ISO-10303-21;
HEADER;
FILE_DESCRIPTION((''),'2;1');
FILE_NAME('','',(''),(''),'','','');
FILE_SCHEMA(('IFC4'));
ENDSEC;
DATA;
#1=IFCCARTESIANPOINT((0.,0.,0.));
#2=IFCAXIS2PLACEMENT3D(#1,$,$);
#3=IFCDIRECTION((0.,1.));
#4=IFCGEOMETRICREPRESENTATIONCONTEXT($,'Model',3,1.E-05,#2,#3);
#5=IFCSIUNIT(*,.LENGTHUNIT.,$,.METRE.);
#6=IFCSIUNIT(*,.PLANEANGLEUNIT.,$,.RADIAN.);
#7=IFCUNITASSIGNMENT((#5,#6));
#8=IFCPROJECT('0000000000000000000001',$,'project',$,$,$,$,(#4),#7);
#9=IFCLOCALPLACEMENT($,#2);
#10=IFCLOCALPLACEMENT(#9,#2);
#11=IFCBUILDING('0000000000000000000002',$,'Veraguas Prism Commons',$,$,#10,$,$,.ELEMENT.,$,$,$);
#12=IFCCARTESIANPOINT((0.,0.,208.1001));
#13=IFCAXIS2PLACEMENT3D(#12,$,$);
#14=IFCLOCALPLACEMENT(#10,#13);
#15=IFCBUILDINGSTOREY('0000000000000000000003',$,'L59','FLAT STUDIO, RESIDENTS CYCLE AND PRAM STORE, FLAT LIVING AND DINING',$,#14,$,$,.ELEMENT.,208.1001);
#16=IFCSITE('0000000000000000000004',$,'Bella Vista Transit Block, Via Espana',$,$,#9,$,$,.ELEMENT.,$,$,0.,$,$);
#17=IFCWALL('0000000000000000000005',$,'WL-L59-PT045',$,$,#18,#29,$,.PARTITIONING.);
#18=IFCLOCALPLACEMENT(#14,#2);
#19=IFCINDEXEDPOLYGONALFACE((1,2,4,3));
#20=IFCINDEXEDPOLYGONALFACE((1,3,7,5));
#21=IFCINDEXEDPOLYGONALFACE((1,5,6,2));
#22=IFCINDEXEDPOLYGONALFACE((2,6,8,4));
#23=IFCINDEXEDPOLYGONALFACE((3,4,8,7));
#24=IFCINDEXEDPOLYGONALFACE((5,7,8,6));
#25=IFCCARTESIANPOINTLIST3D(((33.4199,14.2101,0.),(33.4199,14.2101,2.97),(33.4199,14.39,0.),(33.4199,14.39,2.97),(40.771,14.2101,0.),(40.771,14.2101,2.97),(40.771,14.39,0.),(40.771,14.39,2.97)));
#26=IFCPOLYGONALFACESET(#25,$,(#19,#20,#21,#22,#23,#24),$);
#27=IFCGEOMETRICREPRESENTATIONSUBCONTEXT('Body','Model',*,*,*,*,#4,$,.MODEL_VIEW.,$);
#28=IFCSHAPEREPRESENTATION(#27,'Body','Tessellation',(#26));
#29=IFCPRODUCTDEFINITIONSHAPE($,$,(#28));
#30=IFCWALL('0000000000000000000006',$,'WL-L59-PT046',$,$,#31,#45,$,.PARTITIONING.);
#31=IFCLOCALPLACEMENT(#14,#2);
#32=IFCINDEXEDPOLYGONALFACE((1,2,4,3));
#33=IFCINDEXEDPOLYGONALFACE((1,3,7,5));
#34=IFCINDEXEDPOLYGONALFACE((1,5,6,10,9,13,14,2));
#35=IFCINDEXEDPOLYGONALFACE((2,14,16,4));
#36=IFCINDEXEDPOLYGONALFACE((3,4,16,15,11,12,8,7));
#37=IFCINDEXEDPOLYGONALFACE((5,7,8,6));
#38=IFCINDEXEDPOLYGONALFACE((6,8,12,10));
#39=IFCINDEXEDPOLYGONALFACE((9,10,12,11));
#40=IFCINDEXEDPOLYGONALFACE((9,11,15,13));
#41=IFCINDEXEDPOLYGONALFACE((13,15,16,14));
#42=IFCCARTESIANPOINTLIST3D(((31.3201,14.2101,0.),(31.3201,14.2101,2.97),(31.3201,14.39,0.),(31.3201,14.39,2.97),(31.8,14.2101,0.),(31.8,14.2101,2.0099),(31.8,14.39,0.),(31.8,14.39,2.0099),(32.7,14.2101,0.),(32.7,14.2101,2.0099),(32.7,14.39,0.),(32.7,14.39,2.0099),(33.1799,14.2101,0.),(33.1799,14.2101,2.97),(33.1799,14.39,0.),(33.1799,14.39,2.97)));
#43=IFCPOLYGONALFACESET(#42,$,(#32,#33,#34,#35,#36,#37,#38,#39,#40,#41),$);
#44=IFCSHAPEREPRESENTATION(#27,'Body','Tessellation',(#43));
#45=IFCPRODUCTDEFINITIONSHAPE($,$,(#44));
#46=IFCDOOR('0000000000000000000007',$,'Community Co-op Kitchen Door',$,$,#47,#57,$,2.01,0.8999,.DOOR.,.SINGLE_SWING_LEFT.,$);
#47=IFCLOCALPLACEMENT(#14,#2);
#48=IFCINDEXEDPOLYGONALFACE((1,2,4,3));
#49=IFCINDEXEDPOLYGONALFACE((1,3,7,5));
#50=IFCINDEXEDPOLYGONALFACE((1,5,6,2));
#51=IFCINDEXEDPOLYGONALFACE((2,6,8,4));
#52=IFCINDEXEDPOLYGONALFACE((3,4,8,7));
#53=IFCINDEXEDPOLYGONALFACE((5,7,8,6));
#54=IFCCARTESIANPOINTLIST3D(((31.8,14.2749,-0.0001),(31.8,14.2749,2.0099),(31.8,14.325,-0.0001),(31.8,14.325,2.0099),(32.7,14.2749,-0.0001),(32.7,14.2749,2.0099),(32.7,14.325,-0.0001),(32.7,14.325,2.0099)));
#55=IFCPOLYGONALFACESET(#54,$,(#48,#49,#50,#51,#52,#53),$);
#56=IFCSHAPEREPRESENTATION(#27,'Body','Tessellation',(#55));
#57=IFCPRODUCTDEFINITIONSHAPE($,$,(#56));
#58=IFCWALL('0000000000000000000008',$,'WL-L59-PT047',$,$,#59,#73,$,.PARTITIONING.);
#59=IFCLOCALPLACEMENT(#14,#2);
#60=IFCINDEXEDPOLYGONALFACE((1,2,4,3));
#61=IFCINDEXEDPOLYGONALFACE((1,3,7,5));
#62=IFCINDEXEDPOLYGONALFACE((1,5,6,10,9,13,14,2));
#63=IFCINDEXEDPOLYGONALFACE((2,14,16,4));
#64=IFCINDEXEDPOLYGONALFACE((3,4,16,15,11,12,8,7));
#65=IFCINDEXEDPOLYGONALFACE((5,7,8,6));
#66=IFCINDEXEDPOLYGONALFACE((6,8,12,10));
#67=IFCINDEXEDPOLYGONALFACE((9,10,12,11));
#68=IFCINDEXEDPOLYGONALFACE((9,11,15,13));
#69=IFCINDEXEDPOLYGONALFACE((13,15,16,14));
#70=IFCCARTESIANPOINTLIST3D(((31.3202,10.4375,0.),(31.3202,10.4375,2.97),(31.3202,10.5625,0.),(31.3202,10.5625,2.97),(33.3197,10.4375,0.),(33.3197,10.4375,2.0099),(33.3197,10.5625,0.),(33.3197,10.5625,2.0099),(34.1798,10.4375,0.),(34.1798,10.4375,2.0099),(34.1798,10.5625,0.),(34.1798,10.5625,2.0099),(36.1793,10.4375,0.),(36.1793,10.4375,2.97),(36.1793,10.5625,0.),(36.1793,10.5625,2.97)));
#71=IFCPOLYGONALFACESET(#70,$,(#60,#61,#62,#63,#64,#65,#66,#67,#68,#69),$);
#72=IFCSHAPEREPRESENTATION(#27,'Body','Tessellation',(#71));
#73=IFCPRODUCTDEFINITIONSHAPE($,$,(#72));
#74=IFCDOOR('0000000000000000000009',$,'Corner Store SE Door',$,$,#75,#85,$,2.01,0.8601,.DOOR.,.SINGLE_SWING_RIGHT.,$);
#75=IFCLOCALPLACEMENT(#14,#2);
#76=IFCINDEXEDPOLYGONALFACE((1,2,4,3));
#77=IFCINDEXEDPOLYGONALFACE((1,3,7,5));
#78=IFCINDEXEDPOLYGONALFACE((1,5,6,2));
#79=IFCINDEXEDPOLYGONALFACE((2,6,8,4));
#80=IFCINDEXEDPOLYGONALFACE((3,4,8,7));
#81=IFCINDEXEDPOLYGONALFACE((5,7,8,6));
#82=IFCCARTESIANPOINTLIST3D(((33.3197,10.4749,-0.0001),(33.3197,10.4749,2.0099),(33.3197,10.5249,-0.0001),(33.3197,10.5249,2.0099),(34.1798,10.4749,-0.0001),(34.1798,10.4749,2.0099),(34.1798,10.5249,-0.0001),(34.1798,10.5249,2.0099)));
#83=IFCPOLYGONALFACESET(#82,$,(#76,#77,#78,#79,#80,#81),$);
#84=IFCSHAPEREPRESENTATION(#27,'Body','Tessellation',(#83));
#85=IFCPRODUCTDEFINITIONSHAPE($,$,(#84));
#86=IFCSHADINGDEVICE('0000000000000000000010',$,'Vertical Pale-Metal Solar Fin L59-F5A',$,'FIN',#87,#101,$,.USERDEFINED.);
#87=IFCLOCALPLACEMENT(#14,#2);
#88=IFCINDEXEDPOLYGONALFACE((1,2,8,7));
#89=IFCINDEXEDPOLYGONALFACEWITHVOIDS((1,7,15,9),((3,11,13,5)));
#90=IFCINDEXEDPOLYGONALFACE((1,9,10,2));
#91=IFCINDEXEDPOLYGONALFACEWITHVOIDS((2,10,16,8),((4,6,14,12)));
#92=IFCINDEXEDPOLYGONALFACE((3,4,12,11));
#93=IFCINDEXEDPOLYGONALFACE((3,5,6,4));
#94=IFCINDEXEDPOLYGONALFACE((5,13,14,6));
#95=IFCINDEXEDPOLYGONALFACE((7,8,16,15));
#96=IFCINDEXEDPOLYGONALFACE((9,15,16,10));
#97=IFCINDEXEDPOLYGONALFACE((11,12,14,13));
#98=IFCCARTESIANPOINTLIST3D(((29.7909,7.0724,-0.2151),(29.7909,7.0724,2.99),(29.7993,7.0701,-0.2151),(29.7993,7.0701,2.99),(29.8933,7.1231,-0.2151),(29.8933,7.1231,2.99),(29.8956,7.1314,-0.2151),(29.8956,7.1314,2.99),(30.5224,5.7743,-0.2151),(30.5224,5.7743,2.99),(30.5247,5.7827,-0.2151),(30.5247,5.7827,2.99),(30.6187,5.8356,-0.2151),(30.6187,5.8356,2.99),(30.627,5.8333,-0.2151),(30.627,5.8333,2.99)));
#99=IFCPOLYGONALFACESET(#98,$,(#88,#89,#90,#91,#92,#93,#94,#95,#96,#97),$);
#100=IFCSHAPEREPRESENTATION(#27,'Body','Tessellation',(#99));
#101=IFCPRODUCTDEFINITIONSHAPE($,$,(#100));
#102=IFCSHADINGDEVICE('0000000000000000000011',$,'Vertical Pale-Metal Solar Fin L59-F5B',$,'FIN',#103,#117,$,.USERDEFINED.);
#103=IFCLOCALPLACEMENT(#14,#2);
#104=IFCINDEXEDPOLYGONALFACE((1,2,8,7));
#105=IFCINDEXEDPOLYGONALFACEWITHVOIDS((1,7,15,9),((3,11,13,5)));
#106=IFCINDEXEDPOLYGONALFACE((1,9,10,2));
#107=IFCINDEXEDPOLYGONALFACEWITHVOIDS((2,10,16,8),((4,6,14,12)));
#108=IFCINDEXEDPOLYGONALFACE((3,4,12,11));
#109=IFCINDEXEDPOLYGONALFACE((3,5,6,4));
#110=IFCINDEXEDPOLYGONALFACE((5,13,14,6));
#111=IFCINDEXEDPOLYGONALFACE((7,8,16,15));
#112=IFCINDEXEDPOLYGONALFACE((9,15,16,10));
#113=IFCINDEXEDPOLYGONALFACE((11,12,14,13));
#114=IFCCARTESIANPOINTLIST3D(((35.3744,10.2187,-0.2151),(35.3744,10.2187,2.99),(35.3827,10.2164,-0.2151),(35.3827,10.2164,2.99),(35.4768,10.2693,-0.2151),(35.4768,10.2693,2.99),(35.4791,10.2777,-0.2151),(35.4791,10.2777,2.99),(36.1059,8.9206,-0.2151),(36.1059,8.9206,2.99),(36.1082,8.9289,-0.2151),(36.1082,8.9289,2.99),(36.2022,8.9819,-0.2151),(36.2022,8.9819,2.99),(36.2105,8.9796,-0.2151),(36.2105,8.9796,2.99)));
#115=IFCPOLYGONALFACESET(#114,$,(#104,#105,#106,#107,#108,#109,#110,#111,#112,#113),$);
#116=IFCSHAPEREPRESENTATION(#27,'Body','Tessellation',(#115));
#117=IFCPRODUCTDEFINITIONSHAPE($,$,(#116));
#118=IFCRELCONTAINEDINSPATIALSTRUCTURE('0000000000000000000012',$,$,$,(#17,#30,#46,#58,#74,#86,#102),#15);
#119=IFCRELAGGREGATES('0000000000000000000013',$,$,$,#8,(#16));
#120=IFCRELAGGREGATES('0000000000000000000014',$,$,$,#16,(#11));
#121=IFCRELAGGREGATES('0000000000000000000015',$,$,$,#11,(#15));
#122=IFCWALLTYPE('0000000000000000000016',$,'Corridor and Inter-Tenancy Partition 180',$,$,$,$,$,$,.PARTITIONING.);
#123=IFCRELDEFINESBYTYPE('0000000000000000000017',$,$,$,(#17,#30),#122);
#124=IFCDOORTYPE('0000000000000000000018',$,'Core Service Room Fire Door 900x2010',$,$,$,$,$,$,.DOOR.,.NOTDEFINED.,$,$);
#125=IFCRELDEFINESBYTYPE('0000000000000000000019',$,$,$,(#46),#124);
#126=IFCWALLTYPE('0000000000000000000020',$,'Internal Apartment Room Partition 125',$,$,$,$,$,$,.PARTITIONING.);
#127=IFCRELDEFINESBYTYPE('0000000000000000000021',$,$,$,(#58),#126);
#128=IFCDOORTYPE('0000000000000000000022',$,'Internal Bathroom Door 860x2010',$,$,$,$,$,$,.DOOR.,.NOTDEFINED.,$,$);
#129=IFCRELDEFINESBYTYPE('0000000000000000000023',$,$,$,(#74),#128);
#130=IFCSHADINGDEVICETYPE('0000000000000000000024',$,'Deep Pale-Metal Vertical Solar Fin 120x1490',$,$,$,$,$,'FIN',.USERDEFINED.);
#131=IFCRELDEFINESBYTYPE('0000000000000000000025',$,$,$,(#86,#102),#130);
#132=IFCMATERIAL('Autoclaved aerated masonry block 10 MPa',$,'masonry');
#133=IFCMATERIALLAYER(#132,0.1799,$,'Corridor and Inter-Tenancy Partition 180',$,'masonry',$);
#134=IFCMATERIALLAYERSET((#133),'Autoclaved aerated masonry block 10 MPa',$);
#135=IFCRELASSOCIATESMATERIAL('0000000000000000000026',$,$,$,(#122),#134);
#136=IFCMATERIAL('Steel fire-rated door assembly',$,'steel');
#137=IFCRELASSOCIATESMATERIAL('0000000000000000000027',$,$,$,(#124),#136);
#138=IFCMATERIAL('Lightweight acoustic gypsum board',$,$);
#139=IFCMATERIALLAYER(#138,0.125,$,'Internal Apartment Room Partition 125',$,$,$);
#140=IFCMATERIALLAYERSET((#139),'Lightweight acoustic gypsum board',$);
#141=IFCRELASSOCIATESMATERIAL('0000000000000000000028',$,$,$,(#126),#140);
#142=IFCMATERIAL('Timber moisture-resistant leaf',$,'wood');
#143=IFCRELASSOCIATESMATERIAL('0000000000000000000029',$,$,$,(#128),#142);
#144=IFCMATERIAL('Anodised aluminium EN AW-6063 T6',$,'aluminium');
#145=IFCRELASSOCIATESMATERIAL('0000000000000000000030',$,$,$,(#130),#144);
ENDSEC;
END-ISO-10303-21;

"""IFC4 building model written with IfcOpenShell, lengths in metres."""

from ifc_helpers import new_model, si_unit, direction, frame, frame_2d, origin, origin_2d, place, context, subcontext, project, spatial, rectangle, hollow_rectangle, extrude, source, transform, mapped, material, layer, layer_set, material_profile, profile_set, type_object, element, fill, save


model = new_model("IFC4")

# Units and contexts
model_context = context("Model", 3, precision=1e-05, world=origin(), true_north=direction((0.0, 1.0)))
body_context = subcontext(model_context, "Body", "Model", "MODEL_VIEW")
ifc_project = project(units=[si_unit("LENGTHUNIT", "METRE"), si_unit("PLANEANGLEUNIT", "RADIAN")], contexts=[model_context])

# Site, building, storey
site_placement = place(None, origin())
site = spatial("IfcSite", under=ifc_project, at=site_placement, Name="Bella Vista Transit Block, Via Espana", CompositionType="ELEMENT", RefElevation=0.0)
building_placement = place(site_placement, origin())
building = spatial("IfcBuilding", under=site, at=building_placement, Name="Veraguas Prism Commons", CompositionType="ELEMENT")
storey_placement = place(building_placement, frame((0.0, 0.0, 208.1001)))
storey = spatial("IfcBuildingStorey", under=building, at=storey_placement, Name="L59", Description="FLAT STUDIO, RESIDENTS CYCLE AND PRAM STORE, FLAT LIVING AND DINING", CompositionType="ELEMENT", Elevation=208.1001)

# Shared definitions
ifc_material_1 = material(Name="Anodised aluminium EN AW-6063 T6", Category="aluminium")

# Wall
ifc_material_2 = material(Name="Autoclaved aerated masonry block 10 MPa", Category="masonry")
ifc_layer_1 = layer(ifc_material_2, 0.1799, Name="Corridor and Inter-Tenancy Partition 180", Category="masonry")
ifc_layer_set_1 = layer_set([ifc_layer_1], Name="Autoclaved aerated masonry block 10 MPa")
wall_type_1 = type_object("IfcWallType", Name="Corridor and Inter-Tenancy Partition 180", PredefinedType="PARTITIONING", material=ifc_layer_set_1)
wall_1_placement = place(storey_placement, frame((33.4199, 14.3, 0.0), z_axis=(0.0, 0.0, 1.0), x_axis=(1.0, 0.0, 0.0)))
element("IfcWall", 1, at=wall_1_placement, inside=storey, type_object=wall_type_1, Name="WL-L59-PT045", PredefinedType="PARTITIONING", context=body_context, shape_type="SweptSolid", body=[
    extrude(rectangle(XDim=7.3511, YDim=0.1799, at=frame_2d((3.6755, 0.0))), origin(), (0.0, 0.0, 1.0), 2.97),
])

# Walls, openings, doors
wall_2_placement = place(storey_placement, frame((31.3201, 14.3, 0.0), z_axis=(0.0, 0.0, 1.0), x_axis=(1.0, 0.0, 0.0)))
wall_2 = element("IfcWall", 2, at=wall_2_placement, inside=storey, type_object=wall_type_1, Name="WL-L59-PT046", PredefinedType="PARTITIONING", context=body_context, shape_type="SweptSolid", body=[
    extrude(rectangle(XDim=1.8599, YDim=0.1799, at=frame_2d((0.9299, 0.0))), origin(), (0.0, 0.0, 1.0), 2.97),
])
opening_1_placement = place(wall_2_placement, frame((0.48, 0.0, 0.0)))
opening_1 = element("IfcOpeningElement", 3, at=opening_1_placement, cuts=wall_2, PredefinedType="OPENING", context=body_context, shape_type="SweptSolid", body=[
    extrude(rectangle(XDim=0.8999, YDim=2.01, at=frame_2d((0.45, 1.0049))), frame((0.0, 0.0999, 0.0), z_axis=(0.0, -1.0, 0.0), x_axis=(1.0, 0.0, 0.0)), (0.0, 0.0, 1.0), 0.2),
])
ifc_material_3 = material(Name="Steel fire-rated door assembly", Category="steel")
door_type_1 = type_object("IfcDoorType", Name="Core Service Room Fire Door 900x2010", OperationType="NOTDEFINED", PredefinedType="DOOR", material=ifc_material_3)
shared_shape_1 = source(origin(), body_context, "Body", "SweptSolid", [
    extrude(rectangle(XDim=0.8999, YDim=2.01, at=frame_2d((0.45, 1.0049))), frame((0.0, 0.0249, 0.0), z_axis=(0.0, -1.0, 0.0), x_axis=(1.0, 0.0, 0.0)), (0.0, 0.0, 1.0), 0.05),
])
door_1_placement = place(opening_1_placement, origin())
door_1 = element("IfcDoor", 4, at=door_1_placement, inside=storey, type_object=door_type_1, Name="Community Co-op Kitchen Door", OperationType="SINGLE_SWING_LEFT", OverallHeight=2.01, OverallWidth=0.8999, PredefinedType="DOOR", context=body_context, shape_type="MappedRepresentation", body=[
    mapped(shared_shape_1, transform((0.0, 0.0, 0.0), scale=1.0)),
])
fill(opening_1, door_1)
ifc_material_4 = material(Name="Lightweight acoustic gypsum board")
ifc_layer_2 = layer(ifc_material_4, 0.125, Name="Internal Apartment Room Partition 125")
ifc_layer_set_2 = layer_set([ifc_layer_2], Name="Lightweight acoustic gypsum board")
wall_type_2 = type_object("IfcWallType", Name="Internal Apartment Room Partition 125", PredefinedType="PARTITIONING", material=ifc_layer_set_2)
wall_3_placement = place(storey_placement, frame((31.3201, 10.5, 0.0), z_axis=(0.0, 0.0, 1.0), x_axis=(1.0, 0.0, 0.0)))
wall_3 = element("IfcWall", 5, at=wall_3_placement, inside=storey, type_object=wall_type_2, Name="WL-L59-PT047", PredefinedType="PARTITIONING", context=body_context, shape_type="SweptSolid", body=[
    extrude(rectangle(XDim=4.8591, YDim=0.125, at=frame_2d((2.4297, 0.0))), origin(), (0.0, 0.0, 1.0), 2.97),
])
opening_2_placement = place(wall_3_placement, frame((1.9995, 0.0, 0.0)))
opening_2 = element("IfcOpeningElement", 6, at=opening_2_placement, cuts=wall_3, PredefinedType="OPENING", context=body_context, shape_type="SweptSolid", body=[
    extrude(rectangle(XDim=0.8601, YDim=2.01, at=frame_2d((0.4302, 1.0049))), frame((0.0, 0.0725, 0.0), z_axis=(0.0, -1.0, 0.0), x_axis=(1.0, 0.0, 0.0)), (0.0, 0.0, 1.0), 0.145),
])
ifc_material_5 = material(Name="Timber moisture-resistant leaf", Category="wood")
door_type_2 = type_object("IfcDoorType", Name="Internal Bathroom Door 860x2010", OperationType="NOTDEFINED", PredefinedType="DOOR", material=ifc_material_5)
shared_shape_2 = source(origin(), body_context, "Body", "SweptSolid", [
    extrude(rectangle(XDim=0.8601, YDim=2.01, at=frame_2d((0.4302, 1.0049))), frame((0.0, 0.0249, 0.0), z_axis=(0.0, -1.0, 0.0), x_axis=(1.0, 0.0, 0.0)), (0.0, 0.0, 1.0), 0.05),
])
door_2_placement = place(opening_2_placement, origin())
door_2 = element("IfcDoor", 7, at=door_2_placement, inside=storey, type_object=door_type_2, Name="Corner Store SE Door", OperationType="SINGLE_SWING_RIGHT", OverallHeight=2.01, OverallWidth=0.8601, PredefinedType="DOOR", context=body_context, shape_type="MappedRepresentation", body=[
    mapped(shared_shape_2, transform((0.0, 0.0, 0.0), scale=1.0)),
])
fill(opening_2, door_2)

# Shading devices
ifc_material_profile_1 = material_profile(ifc_material_1, hollow_rectangle(XDim=0.1201, YDim=1.49, WallThickness=0.0061, at=origin_2d()), Name="FIN120X1490X6")
ifc_profile_set_1 = profile_set([ifc_material_profile_1], Name="Anodised aluminium EN AW-6063 T6")
shading_device_type = type_object("IfcShadingDeviceType", Name="Deep Pale-Metal Vertical Solar Fin 120x1490", ElementType="FIN", PredefinedType="USERDEFINED", material=ifc_profile_set_1)
for number, where, z_axis, x_axis, name in (
    (8, (30.209, 6.4529, -0.2151), (0.0, 0.0, 1.0), (0.871214, 0.490904, 0.0), "Vertical Pale-Metal Solar Fin L59-F5A"),
    (9, (35.7925, 9.5991, -0.2151), (0.0, 0.0, 1.0), (0.871214, 0.490904, 0.0), "Vertical Pale-Metal Solar Fin L59-F5B"),
):
    element("IfcShadingDevice", number, at=place(storey_placement, frame(where, z_axis=z_axis, x_axis=x_axis)), inside=storey, type_object=shading_device_type, Name=name, ObjectType="FIN", PredefinedType="USERDEFINED", context=body_context, shape_type="SweptSolid", body=[
        extrude(hollow_rectangle(XDim=0.1201, YDim=1.49, WallThickness=0.0061, at=origin_2d()), origin(), (0.0, 0.0, 1.0), 3.2051),
    ])

save(model, "model.ifc")
